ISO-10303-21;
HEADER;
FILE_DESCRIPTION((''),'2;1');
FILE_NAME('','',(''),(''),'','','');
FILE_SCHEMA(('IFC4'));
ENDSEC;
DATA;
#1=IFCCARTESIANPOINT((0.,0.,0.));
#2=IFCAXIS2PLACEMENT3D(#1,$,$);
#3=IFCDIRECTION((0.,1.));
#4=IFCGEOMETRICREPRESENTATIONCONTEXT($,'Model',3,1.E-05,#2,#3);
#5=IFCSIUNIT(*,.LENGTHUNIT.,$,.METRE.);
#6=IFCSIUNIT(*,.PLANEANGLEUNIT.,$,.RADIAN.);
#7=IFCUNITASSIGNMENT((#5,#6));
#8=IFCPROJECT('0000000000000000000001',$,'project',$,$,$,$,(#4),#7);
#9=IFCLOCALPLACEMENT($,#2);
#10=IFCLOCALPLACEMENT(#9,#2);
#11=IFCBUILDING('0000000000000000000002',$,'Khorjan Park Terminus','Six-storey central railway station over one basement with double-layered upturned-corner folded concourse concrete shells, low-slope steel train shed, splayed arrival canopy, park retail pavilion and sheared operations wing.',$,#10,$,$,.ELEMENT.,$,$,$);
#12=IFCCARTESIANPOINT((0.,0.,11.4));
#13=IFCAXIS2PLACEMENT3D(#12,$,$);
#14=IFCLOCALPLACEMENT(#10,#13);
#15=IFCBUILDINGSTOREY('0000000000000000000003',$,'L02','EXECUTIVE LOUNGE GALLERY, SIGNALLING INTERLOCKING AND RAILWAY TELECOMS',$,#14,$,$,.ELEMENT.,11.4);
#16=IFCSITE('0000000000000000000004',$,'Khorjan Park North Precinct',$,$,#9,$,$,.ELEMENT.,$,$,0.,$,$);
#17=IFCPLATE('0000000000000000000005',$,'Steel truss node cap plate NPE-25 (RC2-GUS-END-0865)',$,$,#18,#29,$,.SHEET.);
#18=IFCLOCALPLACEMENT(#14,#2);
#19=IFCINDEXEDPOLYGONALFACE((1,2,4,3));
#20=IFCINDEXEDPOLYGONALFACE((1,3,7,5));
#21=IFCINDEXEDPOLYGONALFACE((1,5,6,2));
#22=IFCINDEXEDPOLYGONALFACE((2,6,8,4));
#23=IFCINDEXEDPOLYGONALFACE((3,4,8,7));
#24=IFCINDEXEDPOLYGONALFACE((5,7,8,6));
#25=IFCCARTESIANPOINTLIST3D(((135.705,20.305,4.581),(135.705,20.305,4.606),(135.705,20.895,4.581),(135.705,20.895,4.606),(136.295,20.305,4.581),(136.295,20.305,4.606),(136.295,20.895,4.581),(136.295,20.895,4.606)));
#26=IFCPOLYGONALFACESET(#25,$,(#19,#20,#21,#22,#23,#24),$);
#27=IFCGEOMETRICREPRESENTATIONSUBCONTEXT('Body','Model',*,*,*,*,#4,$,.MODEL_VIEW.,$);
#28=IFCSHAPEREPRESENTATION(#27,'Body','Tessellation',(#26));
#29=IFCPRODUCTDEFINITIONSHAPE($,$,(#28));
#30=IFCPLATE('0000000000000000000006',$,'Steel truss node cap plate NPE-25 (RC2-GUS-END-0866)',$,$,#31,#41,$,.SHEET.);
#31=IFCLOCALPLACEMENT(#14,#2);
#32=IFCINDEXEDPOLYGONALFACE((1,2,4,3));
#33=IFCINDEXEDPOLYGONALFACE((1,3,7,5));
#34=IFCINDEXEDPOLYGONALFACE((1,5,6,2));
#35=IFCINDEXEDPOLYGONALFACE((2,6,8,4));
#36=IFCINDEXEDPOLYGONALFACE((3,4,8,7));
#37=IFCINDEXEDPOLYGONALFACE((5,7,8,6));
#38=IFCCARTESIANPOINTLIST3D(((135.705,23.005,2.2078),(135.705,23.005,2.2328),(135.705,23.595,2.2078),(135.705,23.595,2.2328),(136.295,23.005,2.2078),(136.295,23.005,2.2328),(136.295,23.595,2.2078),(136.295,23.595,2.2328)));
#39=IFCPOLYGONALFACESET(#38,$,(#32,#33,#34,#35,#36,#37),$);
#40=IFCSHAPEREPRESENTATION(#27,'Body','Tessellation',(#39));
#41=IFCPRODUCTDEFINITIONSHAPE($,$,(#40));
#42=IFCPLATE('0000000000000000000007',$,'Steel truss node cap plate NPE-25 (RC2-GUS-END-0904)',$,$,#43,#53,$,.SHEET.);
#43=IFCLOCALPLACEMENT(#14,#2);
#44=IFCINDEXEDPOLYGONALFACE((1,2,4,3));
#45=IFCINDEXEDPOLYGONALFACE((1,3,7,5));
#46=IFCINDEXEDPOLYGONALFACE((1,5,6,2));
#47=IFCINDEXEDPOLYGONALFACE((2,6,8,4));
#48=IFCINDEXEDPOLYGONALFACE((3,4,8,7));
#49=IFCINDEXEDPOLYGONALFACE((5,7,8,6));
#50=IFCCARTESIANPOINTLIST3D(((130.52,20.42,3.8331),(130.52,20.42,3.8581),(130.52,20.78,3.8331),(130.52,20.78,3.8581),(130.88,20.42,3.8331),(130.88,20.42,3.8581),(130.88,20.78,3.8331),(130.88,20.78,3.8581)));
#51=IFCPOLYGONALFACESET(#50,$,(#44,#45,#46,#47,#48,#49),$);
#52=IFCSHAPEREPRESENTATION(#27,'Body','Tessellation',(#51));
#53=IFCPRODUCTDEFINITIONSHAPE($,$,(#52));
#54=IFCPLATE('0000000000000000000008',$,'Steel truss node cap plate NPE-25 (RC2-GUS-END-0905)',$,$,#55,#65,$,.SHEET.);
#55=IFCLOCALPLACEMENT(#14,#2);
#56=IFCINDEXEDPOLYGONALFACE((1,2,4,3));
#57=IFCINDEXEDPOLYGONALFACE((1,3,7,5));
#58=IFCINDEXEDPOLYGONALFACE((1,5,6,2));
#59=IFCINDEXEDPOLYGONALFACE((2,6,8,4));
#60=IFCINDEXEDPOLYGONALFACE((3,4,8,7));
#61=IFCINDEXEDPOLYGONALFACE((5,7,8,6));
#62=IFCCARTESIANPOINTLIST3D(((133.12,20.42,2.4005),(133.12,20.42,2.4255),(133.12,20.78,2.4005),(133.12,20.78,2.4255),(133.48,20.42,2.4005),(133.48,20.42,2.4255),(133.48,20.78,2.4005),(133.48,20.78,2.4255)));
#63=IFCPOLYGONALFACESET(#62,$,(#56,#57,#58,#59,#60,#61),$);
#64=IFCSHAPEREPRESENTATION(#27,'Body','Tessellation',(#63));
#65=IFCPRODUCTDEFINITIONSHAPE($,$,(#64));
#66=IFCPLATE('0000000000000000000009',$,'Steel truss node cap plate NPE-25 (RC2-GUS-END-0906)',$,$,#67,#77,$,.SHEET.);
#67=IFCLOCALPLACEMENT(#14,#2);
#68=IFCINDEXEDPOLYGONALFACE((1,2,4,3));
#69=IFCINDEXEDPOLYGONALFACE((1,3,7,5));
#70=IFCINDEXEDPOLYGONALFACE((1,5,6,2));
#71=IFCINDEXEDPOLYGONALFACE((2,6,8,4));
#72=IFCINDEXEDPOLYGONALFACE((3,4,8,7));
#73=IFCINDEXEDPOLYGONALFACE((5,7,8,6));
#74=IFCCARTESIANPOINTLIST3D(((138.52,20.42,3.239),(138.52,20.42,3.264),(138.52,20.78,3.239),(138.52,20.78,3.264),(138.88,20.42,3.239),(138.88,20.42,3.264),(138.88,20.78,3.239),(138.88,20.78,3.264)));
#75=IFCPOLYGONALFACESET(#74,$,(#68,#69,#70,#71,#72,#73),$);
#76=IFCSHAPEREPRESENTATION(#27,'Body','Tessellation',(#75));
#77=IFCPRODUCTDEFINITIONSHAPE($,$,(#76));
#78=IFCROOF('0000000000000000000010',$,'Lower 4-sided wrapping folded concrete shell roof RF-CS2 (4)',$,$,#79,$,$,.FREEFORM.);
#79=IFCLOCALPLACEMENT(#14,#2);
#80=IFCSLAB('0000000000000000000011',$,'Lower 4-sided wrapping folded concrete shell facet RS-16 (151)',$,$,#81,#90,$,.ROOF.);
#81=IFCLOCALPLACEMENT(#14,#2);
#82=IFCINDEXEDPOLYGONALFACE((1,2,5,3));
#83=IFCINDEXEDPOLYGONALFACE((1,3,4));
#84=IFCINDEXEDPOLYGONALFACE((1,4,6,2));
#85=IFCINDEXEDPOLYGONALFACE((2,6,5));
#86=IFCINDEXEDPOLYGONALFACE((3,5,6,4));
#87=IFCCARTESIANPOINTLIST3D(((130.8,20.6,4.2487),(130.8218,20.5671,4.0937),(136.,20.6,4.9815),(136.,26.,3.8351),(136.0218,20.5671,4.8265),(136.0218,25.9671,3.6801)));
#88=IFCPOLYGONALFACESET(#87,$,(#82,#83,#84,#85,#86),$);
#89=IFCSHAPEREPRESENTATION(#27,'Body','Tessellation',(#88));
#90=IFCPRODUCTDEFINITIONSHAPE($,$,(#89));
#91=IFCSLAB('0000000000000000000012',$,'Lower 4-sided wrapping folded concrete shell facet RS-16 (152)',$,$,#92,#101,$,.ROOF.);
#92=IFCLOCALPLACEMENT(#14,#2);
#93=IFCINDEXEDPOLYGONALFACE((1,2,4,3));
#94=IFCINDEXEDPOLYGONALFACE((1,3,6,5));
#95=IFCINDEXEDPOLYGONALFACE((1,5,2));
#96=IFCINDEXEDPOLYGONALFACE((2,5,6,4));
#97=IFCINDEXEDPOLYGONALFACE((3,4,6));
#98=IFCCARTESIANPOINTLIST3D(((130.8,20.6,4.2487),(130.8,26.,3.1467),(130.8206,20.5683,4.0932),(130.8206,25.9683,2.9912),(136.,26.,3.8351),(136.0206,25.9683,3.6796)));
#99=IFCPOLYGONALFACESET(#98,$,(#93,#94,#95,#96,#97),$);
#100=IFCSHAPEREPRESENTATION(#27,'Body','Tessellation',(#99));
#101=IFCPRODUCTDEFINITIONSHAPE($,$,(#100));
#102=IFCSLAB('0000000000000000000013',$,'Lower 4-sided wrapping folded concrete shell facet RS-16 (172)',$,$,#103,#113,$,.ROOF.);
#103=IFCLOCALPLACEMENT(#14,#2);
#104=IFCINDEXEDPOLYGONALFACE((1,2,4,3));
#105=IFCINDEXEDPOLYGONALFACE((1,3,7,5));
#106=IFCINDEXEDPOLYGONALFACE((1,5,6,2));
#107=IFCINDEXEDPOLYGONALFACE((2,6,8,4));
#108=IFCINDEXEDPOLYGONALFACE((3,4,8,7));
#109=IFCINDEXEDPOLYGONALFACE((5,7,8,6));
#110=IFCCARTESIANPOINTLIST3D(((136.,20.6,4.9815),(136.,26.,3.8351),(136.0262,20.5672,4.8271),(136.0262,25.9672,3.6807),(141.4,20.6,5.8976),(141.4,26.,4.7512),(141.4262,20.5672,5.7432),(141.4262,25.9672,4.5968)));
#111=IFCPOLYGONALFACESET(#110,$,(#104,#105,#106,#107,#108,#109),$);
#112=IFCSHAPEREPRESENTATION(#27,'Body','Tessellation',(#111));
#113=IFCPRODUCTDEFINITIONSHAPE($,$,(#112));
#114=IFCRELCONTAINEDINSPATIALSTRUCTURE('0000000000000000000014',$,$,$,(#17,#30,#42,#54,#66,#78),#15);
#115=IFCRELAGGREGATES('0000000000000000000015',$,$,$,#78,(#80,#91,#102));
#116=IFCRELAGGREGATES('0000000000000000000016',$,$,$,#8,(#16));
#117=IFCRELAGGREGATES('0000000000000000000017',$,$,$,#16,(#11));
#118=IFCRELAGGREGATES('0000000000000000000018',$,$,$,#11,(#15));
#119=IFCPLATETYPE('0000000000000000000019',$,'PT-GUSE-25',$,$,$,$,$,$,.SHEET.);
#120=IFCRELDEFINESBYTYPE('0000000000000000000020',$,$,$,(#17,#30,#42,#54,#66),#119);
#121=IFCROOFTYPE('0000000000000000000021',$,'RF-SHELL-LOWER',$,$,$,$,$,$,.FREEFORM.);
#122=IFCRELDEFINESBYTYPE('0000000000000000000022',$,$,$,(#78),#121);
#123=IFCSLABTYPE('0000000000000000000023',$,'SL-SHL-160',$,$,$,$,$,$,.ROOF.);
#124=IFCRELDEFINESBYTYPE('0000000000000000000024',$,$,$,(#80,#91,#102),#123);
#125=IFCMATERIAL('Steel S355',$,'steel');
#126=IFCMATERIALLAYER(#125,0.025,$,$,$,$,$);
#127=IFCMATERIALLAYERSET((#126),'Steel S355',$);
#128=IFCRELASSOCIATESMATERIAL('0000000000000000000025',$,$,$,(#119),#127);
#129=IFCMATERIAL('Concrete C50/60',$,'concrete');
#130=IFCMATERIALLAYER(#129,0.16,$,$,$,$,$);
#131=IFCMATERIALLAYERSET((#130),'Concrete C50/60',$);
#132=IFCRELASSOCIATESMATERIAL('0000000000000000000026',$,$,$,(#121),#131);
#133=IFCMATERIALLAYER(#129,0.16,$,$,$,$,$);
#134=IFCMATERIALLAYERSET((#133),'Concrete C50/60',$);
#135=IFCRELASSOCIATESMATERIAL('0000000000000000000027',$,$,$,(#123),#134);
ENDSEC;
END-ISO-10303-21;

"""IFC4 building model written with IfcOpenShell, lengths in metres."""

from ifc_helpers import new_model, si_unit, direction, frame, origin, origin_2d, place, context, subcontext, project, spatial, polyline, rectangle, outline, extrude, material, layer, layer_set, type_object, element, aggregate, save


model = new_model("IFC4")

# Units and contexts
model_context = context("Model", 3, precision=1e-05, world=origin(), true_north=direction((0.0, 1.0)))
body_context = subcontext(model_context, "Body", "Model", "MODEL_VIEW")
ifc_project = project(units=[si_unit("LENGTHUNIT", "METRE"), si_unit("PLANEANGLEUNIT", "RADIAN")], contexts=[model_context])

# Site, building, storey
site_placement = place(None, origin())
site = spatial("IfcSite", under=ifc_project, at=site_placement, Name="Khorjan Park North Precinct", CompositionType="ELEMENT", RefElevation=0.0)
building_placement = place(site_placement, origin())
building = spatial("IfcBuilding", under=site, at=building_placement, Name="Khorjan Park Terminus", Description="Six-storey central railway station over one basement with double-layered upturned-corner folded concourse concrete shells, low-slope steel train shed, splayed arrival canopy, park retail pavilion and sheared operations wing.", CompositionType="ELEMENT")
storey_placement = place(building_placement, frame((0.0, 0.0, 11.4)))
storey = spatial("IfcBuildingStorey", under=building, at=storey_placement, Name="L02", Description="EXECUTIVE LOUNGE GALLERY, SIGNALLING INTERLOCKING AND RAILWAY TELECOMS", CompositionType="ELEMENT", Elevation=11.4)

# Shared definitions
ifc_material_1 = material(Name="Steel S355", Category="steel")

# Plates
ifc_layer_1 = layer(ifc_material_1, 0.025)
ifc_layer_set_1 = layer_set([ifc_layer_1], Name="Steel S355")
plate_type = type_object("IfcPlateType", Name="PT-GUSE-25", PredefinedType="SHEET", material=ifc_layer_set_1)
for number, where, z_axis, x_axis, name in (
    (1, (136.0, 20.6, 4.581), (0.0, 0.0, 1.0), (1.0, 0.0, 0.0), "Steel truss node cap plate NPE-25 (RC2-GUS-END-0865)"),
    (2, (136.0, 23.3, 2.2078), (0.0, 0.0, 1.0), (1.0, 0.0, 0.0), "Steel truss node cap plate NPE-25 (RC2-GUS-END-0866)"),
):
    element("IfcPlate", number, at=place(storey_placement, frame(where, z_axis=z_axis, x_axis=x_axis)), inside=storey, type_object=plate_type, Name=name, PredefinedType="SHEET", context=body_context, shape_type="SweptSolid", body=[
        extrude(rectangle(XDim=0.59, YDim=0.59, at=origin_2d()), origin(), (0.0, 0.0, 1.0), 0.025),
    ])
for number, where, z_axis, x_axis, name in (
    (3, (130.7, 20.6, 3.8331), (0.0, 0.0, 1.0), (1.0, 0.0, 0.0), "Steel truss node cap plate NPE-25 (RC2-GUS-END-0904)"),
    (4, (133.3, 20.6, 2.4005), (0.0, 0.0, 1.0), (1.0, 0.0, 0.0), "Steel truss node cap plate NPE-25 (RC2-GUS-END-0905)"),
    (5, (138.7, 20.6, 3.239), (0.0, 0.0, 1.0), (1.0, 0.0, 0.0), "Steel truss node cap plate NPE-25 (RC2-GUS-END-0906)"),
):
    element("IfcPlate", number, at=place(storey_placement, frame(where, z_axis=z_axis, x_axis=x_axis)), inside=storey, type_object=plate_type, Name=name, PredefinedType="SHEET", context=body_context, shape_type="SweptSolid", body=[
        extrude(rectangle(XDim=0.36, YDim=0.36, at=origin_2d()), origin(), (0.0, 0.0, 1.0), 0.025),
    ])

# Roof, slabs
ifc_material_2 = material(Name="Concrete C50/60", Category="concrete")
ifc_layer_2 = layer(ifc_material_2, 0.16)
ifc_layer_set_2 = layer_set([ifc_layer_2], Name="Concrete C50/60")
roof_type = type_object("IfcRoofType", Name="RF-SHELL-LOWER", PredefinedType="FREEFORM", material=ifc_layer_set_2)
roof_placement = place(storey_placement, origin())
roof = element("IfcRoof", 6, at=roof_placement, inside=storey, type_object=roof_type, Name="Lower 4-sided wrapping folded concrete shell roof RF-CS2 (4)", PredefinedType="FREEFORM")
ifc_layer_3 = layer(ifc_material_2, 0.16)
ifc_layer_set_3 = layer_set([ifc_layer_3], Name="Concrete C50/60")
slab_type = type_object("IfcSlabType", Name="SL-SHL-160", PredefinedType="ROOF", material=ifc_layer_set_3)
slab_1_placement = place(storey_placement, frame((130.8, 20.6, 4.2487), z_axis=(-0.136559, 0.205723, 0.969035), x_axis=(0.990216, 0.0, 0.139544)))
slab_1 = element("IfcSlab", 7, at=slab_1_placement, type_object=slab_type, Name="Lower 4-sided wrapping folded concrete shell facet RS-16 (151)", PredefinedType="ROOF", context=body_context, shape_type="SweptSolid", body=[
    extrude(outline(polyline([(0.0, 0.0), (5.2514, 0.0), (5.0914, 5.518), (0.0, 0.0)])), origin(), (0.0, 0.0, -1.0), 0.16),
])
slab_2_placement = place(storey_placement, frame((130.8, 20.6, 4.2487), z_axis=(-0.128634, 0.198292, 0.971665), x_axis=(0.692588, 0.719226, -0.055087)))
slab_2 = element("IfcSlab", 8, at=slab_2_placement, type_object=slab_type, Name="Lower 4-sided wrapping folded concrete shell facet RS-16 (152)", PredefinedType="ROOF", context=body_context, shape_type="SweptSolid", body=[
    extrude(outline(polyline([(0.0, 0.0), (7.5081, 0.0), (3.9445, 3.849), (0.0, 0.0)])), origin(), (0.0, 0.0, -1.0), 0.16),
])
slab_3_placement = place(storey_placement, frame((136.0, 20.6, 4.9815), z_axis=(-0.163711, 0.204866, 0.965002), x_axis=(0.985913, 0.0, 0.167258)))
slab_3 = element("IfcSlab", 9, at=slab_3_placement, type_object=slab_type, Name="Lower 4-sided wrapping folded concrete shell facet RS-16 (172)", PredefinedType="ROOF", context=body_context, shape_type="SweptSolid", body=[
    extrude(outline(polyline([(0.0, 0.0), (5.4772, 0.0), (5.2854, 5.517), (-0.1917, 5.517), (0.0, 0.0)])), origin(), (0.0, 0.0, -1.0), 0.16),
])
aggregate(roof, [slab_1, slab_2, slab_3])

save(model, "model.ifc")
